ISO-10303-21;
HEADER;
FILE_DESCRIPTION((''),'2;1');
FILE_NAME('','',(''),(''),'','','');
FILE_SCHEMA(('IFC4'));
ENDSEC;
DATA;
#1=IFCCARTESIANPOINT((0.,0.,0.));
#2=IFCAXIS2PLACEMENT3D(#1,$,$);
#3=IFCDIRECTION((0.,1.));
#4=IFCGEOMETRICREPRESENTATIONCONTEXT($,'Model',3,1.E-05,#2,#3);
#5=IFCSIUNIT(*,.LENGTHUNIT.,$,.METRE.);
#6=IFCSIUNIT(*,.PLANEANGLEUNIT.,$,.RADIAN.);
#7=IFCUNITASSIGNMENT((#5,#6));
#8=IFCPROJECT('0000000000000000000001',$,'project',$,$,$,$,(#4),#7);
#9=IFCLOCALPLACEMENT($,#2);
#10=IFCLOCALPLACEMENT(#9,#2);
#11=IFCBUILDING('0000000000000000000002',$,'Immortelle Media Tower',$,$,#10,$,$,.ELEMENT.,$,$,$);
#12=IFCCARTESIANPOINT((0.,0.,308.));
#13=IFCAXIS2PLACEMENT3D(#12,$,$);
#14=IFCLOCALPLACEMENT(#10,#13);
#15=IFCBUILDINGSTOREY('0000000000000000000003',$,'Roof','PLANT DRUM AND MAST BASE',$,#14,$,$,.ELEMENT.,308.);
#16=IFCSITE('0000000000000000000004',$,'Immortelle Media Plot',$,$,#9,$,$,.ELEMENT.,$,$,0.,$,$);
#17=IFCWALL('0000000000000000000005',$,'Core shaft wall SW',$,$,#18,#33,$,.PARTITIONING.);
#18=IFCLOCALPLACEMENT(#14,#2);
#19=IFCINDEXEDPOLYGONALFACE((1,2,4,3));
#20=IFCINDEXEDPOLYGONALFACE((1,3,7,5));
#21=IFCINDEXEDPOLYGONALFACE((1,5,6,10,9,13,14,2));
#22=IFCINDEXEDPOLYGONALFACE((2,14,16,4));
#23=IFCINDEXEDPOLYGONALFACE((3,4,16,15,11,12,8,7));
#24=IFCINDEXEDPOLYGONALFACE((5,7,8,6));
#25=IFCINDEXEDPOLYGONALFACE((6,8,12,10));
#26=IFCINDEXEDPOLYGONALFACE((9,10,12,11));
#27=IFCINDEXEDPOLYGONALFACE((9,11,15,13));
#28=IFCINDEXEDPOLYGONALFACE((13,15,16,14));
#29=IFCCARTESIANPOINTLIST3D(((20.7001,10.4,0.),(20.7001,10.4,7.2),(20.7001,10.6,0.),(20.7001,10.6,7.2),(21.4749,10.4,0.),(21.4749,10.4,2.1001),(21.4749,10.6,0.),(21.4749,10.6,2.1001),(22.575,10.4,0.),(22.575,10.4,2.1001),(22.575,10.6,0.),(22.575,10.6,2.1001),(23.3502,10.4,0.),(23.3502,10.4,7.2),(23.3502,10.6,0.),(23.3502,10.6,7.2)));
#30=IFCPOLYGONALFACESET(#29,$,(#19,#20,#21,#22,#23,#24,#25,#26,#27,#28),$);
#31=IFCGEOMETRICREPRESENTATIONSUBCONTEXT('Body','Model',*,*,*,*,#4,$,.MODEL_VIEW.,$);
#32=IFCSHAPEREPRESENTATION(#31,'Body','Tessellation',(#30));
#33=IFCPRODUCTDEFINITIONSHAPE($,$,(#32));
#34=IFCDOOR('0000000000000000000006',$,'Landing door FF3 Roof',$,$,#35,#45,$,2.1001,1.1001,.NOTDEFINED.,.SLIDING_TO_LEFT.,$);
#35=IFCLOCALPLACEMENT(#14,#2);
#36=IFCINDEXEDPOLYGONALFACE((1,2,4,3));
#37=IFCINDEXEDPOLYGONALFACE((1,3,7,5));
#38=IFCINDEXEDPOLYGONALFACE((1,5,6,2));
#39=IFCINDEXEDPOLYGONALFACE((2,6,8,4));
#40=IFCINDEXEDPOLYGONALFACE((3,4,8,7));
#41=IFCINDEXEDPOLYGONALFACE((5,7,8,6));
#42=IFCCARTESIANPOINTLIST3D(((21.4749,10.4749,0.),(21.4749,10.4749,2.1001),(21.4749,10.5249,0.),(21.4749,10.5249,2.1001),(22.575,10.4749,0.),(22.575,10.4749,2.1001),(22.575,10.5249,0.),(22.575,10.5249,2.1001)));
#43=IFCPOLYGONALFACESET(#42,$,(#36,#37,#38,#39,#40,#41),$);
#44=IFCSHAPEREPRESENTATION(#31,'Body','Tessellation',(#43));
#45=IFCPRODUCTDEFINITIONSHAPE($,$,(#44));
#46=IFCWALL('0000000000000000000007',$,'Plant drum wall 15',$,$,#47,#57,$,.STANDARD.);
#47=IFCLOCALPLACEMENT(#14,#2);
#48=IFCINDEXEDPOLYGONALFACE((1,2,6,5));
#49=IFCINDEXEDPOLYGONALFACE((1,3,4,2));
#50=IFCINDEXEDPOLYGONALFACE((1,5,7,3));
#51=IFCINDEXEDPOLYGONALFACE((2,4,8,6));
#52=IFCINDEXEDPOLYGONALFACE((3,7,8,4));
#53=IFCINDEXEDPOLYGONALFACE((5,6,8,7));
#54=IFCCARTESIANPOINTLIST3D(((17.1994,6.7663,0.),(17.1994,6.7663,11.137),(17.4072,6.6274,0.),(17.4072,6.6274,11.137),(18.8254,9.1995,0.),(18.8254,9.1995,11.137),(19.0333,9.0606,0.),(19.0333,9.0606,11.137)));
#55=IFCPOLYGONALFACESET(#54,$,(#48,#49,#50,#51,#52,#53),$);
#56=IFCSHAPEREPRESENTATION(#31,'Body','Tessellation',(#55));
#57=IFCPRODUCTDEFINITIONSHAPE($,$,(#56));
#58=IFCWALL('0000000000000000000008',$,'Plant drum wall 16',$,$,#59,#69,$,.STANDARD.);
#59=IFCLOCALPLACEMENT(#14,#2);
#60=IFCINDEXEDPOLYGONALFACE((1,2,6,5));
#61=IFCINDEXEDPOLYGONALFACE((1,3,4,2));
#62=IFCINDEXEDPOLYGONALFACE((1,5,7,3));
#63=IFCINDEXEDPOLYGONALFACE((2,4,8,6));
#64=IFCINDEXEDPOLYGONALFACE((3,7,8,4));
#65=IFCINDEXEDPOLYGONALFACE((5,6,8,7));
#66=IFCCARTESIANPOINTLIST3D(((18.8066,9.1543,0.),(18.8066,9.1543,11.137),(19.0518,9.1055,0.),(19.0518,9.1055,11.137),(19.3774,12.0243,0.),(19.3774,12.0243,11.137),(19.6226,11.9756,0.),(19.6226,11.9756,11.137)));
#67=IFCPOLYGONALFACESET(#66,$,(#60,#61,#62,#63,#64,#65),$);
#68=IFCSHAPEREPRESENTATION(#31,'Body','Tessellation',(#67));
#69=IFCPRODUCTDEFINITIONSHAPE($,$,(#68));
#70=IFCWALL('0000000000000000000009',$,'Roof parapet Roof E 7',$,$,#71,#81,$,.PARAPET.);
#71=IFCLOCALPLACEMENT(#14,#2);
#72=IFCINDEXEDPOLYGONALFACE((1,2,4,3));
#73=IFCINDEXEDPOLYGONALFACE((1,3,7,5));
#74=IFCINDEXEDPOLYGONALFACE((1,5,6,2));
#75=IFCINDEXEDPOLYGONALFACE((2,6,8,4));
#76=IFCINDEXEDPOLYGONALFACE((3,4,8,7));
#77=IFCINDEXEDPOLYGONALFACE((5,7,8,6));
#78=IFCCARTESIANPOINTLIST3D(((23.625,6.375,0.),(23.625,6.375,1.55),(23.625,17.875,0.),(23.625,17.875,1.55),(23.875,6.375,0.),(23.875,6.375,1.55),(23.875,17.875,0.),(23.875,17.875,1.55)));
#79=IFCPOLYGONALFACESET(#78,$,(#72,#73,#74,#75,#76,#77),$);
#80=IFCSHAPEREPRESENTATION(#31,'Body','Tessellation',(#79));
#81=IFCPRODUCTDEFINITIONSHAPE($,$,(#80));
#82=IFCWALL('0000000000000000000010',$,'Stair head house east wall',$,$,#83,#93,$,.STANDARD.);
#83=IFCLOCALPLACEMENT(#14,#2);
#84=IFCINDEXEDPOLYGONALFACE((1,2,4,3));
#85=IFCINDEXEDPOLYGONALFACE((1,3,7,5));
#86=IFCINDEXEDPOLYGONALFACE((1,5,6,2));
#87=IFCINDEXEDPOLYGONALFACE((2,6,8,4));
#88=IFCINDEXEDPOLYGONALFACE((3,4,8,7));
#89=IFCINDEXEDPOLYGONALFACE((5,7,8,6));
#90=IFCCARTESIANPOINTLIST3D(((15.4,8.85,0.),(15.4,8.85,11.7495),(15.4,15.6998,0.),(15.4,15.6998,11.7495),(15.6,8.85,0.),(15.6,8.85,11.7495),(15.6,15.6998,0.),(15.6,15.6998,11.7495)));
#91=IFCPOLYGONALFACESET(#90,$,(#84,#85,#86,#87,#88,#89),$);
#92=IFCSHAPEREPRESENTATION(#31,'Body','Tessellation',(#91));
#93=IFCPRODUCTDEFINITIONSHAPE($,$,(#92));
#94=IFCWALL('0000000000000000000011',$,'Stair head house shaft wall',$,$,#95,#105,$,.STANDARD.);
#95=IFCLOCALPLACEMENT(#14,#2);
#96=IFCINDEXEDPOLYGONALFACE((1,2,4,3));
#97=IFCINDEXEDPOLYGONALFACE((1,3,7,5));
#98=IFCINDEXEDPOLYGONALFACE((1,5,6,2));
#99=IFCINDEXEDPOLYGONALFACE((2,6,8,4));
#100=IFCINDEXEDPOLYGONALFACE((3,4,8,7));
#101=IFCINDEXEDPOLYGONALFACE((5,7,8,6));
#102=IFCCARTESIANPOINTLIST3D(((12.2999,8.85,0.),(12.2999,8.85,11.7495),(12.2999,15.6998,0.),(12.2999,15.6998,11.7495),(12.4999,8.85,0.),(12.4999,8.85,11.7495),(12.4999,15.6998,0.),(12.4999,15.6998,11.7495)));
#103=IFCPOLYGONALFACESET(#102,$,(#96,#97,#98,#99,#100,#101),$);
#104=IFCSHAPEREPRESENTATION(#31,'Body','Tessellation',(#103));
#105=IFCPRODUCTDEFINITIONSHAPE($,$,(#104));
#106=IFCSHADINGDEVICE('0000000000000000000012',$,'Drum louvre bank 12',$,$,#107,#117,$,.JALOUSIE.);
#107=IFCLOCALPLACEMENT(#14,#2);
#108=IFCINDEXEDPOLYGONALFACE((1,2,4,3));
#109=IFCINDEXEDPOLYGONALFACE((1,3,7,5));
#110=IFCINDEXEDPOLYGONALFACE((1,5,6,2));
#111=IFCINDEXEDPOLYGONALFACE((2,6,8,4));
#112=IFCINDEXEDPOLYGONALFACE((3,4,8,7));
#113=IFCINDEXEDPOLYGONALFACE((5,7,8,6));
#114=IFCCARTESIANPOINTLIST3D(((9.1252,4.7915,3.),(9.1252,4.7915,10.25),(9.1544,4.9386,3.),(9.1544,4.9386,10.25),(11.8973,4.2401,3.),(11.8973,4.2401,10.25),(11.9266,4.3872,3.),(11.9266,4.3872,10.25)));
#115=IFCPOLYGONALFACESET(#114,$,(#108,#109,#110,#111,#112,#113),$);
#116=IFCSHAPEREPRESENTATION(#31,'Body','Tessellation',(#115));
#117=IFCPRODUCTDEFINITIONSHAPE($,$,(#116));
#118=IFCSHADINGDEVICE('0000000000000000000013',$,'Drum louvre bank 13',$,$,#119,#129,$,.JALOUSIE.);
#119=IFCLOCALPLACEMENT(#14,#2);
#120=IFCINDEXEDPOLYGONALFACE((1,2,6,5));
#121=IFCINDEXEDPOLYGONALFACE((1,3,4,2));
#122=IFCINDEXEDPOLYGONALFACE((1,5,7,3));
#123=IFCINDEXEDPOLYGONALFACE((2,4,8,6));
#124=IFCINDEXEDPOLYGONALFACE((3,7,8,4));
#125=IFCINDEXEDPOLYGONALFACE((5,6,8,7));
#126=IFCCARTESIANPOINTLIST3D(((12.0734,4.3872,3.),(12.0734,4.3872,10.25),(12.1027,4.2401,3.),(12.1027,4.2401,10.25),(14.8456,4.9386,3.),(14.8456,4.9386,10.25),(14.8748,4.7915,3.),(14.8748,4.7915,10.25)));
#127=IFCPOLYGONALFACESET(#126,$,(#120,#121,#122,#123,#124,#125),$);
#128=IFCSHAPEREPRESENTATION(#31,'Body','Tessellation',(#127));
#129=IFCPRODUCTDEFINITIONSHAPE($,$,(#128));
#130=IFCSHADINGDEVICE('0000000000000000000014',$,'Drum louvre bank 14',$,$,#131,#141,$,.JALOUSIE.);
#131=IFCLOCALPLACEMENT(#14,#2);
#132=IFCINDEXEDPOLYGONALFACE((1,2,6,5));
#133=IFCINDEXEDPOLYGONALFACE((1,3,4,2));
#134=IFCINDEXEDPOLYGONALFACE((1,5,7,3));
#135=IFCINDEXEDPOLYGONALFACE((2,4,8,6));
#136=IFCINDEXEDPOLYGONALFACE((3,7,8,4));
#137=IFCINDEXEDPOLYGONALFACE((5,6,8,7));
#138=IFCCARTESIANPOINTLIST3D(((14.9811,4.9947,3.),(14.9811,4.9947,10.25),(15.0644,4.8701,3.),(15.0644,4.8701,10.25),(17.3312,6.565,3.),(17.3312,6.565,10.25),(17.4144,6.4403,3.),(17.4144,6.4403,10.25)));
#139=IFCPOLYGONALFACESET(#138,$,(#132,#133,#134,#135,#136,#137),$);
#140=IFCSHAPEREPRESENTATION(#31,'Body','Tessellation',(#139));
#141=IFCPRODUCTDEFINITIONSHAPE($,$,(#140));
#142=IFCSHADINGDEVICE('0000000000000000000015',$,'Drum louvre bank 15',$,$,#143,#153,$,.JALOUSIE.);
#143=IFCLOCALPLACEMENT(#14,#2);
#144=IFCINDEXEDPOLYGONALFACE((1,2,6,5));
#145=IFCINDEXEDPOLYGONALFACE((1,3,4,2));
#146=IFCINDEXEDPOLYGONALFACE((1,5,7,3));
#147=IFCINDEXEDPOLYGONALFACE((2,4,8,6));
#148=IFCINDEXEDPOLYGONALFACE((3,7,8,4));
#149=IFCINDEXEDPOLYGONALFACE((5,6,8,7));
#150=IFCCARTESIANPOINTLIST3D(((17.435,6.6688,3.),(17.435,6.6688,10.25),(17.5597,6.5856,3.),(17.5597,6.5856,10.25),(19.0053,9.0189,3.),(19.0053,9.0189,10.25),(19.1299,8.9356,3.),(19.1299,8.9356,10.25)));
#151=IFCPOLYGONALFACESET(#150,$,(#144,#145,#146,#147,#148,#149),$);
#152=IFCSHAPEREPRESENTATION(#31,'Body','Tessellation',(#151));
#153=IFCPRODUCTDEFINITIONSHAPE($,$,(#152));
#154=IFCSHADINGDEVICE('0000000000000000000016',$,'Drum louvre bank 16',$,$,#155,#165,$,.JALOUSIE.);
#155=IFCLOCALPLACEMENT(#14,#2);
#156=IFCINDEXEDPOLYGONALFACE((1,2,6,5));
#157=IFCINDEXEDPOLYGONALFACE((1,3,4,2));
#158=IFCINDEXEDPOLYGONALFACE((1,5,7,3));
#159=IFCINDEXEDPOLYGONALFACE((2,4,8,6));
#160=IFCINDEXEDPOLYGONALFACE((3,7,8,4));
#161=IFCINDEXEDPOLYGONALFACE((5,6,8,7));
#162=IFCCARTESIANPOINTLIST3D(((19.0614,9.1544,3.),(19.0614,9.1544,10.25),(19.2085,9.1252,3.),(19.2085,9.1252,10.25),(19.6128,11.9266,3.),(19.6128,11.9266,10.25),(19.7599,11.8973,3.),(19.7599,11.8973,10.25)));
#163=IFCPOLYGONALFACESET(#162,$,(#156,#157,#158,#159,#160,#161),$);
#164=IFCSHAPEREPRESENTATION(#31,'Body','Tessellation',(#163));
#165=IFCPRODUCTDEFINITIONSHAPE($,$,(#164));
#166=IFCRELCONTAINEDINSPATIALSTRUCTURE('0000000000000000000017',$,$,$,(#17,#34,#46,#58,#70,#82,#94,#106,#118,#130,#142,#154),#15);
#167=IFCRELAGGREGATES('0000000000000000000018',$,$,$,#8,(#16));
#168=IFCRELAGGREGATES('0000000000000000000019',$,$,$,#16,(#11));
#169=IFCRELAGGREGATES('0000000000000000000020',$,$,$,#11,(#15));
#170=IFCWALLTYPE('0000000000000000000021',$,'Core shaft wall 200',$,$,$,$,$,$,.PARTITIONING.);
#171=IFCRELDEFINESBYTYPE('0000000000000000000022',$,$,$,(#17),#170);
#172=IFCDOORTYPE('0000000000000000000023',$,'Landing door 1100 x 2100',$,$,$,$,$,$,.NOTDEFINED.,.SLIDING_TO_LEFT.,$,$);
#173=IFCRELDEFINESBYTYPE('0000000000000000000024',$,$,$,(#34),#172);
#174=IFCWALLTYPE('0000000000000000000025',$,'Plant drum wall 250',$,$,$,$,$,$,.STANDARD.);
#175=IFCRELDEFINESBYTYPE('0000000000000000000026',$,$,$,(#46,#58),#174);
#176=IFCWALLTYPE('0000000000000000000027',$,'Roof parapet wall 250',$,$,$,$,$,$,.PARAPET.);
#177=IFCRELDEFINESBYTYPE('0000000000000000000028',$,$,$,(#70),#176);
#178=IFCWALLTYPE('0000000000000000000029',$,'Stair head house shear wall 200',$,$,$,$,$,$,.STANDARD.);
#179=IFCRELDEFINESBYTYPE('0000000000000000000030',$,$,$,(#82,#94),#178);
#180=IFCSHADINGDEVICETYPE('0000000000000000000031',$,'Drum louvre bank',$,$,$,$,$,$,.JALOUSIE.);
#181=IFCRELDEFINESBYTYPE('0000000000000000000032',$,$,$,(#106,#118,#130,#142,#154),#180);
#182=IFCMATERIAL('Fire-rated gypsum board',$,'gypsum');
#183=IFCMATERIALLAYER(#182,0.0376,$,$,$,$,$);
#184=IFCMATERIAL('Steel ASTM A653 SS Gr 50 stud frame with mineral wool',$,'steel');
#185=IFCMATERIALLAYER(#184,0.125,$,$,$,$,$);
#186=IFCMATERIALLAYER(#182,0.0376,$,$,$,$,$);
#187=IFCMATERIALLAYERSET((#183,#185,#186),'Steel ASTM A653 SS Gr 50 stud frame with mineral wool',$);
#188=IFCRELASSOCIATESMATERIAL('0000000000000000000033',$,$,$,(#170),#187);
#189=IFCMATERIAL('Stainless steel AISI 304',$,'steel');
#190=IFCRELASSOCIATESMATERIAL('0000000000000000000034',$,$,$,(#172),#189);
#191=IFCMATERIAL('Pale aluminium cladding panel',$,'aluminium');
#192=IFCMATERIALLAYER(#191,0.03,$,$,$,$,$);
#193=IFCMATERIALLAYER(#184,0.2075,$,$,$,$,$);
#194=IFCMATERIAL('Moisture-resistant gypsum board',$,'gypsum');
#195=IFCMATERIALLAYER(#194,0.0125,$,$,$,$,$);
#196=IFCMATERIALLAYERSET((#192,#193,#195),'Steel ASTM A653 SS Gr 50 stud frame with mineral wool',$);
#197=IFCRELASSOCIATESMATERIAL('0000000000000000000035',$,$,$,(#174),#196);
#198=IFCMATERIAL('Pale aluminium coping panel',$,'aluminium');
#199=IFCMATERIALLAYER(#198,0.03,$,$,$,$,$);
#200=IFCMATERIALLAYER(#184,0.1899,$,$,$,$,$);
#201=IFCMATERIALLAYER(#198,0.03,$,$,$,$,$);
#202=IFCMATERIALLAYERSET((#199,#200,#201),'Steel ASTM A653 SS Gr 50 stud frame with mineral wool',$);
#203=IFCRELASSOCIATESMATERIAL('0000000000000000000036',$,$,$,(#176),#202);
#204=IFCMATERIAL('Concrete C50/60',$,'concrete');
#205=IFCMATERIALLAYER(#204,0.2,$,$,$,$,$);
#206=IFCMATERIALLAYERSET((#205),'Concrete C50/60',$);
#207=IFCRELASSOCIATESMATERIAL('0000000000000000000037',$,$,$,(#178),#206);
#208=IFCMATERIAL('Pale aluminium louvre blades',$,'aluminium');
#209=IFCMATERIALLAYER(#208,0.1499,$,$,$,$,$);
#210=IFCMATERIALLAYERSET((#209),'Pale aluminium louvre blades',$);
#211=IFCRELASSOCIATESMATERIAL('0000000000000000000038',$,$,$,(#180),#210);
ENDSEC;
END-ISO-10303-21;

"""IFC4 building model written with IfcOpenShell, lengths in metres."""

from ifc_helpers import new_model, si_unit, direction, frame, frame_2d, origin, origin_2d, place, context, subcontext, project, spatial, rectangle, extrude, material, layer, layer_set, type_object, element, fill, save


model = new_model("IFC4")

# Units and contexts
model_context = context("Model", 3, precision=1e-05, world=origin(), true_north=direction((0.0, 1.0)))
body_context = subcontext(model_context, "Body", "Model", "MODEL_VIEW")
ifc_project = project(units=[si_unit("LENGTHUNIT", "METRE"), si_unit("PLANEANGLEUNIT", "RADIAN")], contexts=[model_context])

# Site, building, storey
site_placement = place(None, origin())
site = spatial("IfcSite", under=ifc_project, at=site_placement, Name="Immortelle Media Plot", CompositionType="ELEMENT", RefElevation=0.0)
building_placement = place(site_placement, origin())
building = spatial("IfcBuilding", under=site, at=building_placement, Name="Immortelle Media Tower", CompositionType="ELEMENT")
storey_placement = place(building_placement, frame((0.0, 0.0, 308.0)))
storey = spatial("IfcBuildingStorey", under=building, at=storey_placement, Name="Roof", Description="PLANT DRUM AND MAST BASE", CompositionType="ELEMENT", Elevation=308.0)

# Wall, opening, door
ifc_material_1 = material(Name="Fire-rated gypsum board", Category="gypsum")
ifc_layer_1 = layer(ifc_material_1, 0.0376)
ifc_material_2 = material(Name="Steel ASTM A653 SS Gr 50 stud frame with mineral wool", Category="steel")
ifc_layer_2 = layer(ifc_material_2, 0.125)
ifc_layer_3 = layer(ifc_material_1, 0.0376)
ifc_layer_set_1 = layer_set([ifc_layer_1, ifc_layer_2, ifc_layer_3], Name="Steel ASTM A653 SS Gr 50 stud frame with mineral wool")
wall_type_1 = type_object("IfcWallType", Name="Core shaft wall 200", PredefinedType="PARTITIONING", material=ifc_layer_set_1)
wall_1_placement = place(storey_placement, frame((20.7, 10.5, 0.0), z_axis=(0.0, 0.0, 1.0), x_axis=(1.0, 0.0, 0.0)))
wall_1 = element("IfcWall", 1, at=wall_1_placement, inside=storey, type_object=wall_type_1, Name="Core shaft wall SW", PredefinedType="PARTITIONING", context=body_context, shape_type="SweptSolid", body=[
    extrude(rectangle(XDim=2.6501, YDim=0.2, at=frame_2d((1.3252, 0.0))), origin(), (0.0, 0.0, 1.0), 7.2),
])
opening_placement = place(wall_1_placement, frame((0.7749, 0.0, 0.0)))
opening = element("IfcOpeningElement", 2, at=opening_placement, cuts=wall_1, PredefinedType="OPENING", context=body_context, shape_type="SweptSolid", body=[
    extrude(rectangle(XDim=1.1001, YDim=2.1001, at=frame_2d((0.55, 1.05))), frame((0.0, 0.1099, 0.0), z_axis=(0.0, -1.0, 0.0), x_axis=(1.0, 0.0, 0.0)), (0.0, 0.0, 1.0), 0.22),
])
ifc_material_3 = material(Name="Stainless steel AISI 304", Category="steel")
door_type = type_object("IfcDoorType", Name="Landing door 1100 x 2100", OperationType="SLIDING_TO_LEFT", PredefinedType="NOTDEFINED", material=ifc_material_3)
door_placement = place(opening_placement, origin())
door = element("IfcDoor", 3, at=door_placement, inside=storey, type_object=door_type, Name="Landing door FF3 Roof", OperationType="SLIDING_TO_LEFT", OverallHeight=2.1001, OverallWidth=1.1001, PredefinedType="NOTDEFINED", context=body_context, shape_type="SweptSolid", body=[
    extrude(rectangle(XDim=1.1001, YDim=2.1001, at=frame_2d((0.55, 1.05))), frame((0.0, 0.0249, 0.0), z_axis=(0.0, -1.0, 0.0), x_axis=(1.0, 0.0, 0.0)), (0.0, 0.0, 1.0), 0.05),
])
fill(opening, door)

# Walls
ifc_material_4 = material(Name="Pale aluminium cladding panel", Category="aluminium")
ifc_layer_4 = layer(ifc_material_4, 0.03)
ifc_layer_5 = layer(ifc_material_2, 0.2075)
ifc_material_5 = material(Name="Moisture-resistant gypsum board", Category="gypsum")
ifc_layer_6 = layer(ifc_material_5, 0.0125)
ifc_layer_set_2 = layer_set([ifc_layer_4, ifc_layer_5, ifc_layer_6], Name="Steel ASTM A653 SS Gr 50 stud frame with mineral wool")
wall_type_2 = type_object("IfcWallType", Name="Plant drum wall 250", PredefinedType="STANDARD", material=ifc_layer_set_2)
wall_2_placement = place(storey_placement, frame((17.3032, 6.6968, 0.0), z_axis=(0.0, 0.0, 1.0), x_axis=(0.555624, 0.831434, 0.0)))
element("IfcWall", 4, at=wall_2_placement, inside=storey, type_object=wall_type_2, Name="Plant drum wall 15", PredefinedType="STANDARD", context=body_context, shape_type="SweptSolid", body=[
    extrude(rectangle(XDim=2.9265, YDim=0.25, at=frame_2d((1.4634, 0.0))), origin(), (0.0, 0.0, 1.0), 11.137),
])
wall_3_placement = place(storey_placement, frame((18.9292, 9.1299, 0.0), z_axis=(0.0, 0.0, 1.0), x_axis=(0.195057, 0.980792, 0.0)))
element("IfcWall", 5, at=wall_3_placement, inside=storey, type_object=wall_type_2, Name="Plant drum wall 16", PredefinedType="STANDARD", context=body_context, shape_type="SweptSolid", body=[
    extrude(rectangle(XDim=2.9263, YDim=0.25, at=frame_2d((1.4631, 0.0))), origin(), (0.0, 0.0, 1.0), 11.137),
])
ifc_material_6 = material(Name="Pale aluminium coping panel", Category="aluminium")
ifc_layer_7 = layer(ifc_material_6, 0.03)
ifc_layer_8 = layer(ifc_material_2, 0.1899)
ifc_layer_9 = layer(ifc_material_6, 0.03)
ifc_layer_set_3 = layer_set([ifc_layer_7, ifc_layer_8, ifc_layer_9], Name="Steel ASTM A653 SS Gr 50 stud frame with mineral wool")
wall_type_3 = type_object("IfcWallType", Name="Roof parapet wall 250", PredefinedType="PARAPET", material=ifc_layer_set_3)
wall_4_placement = place(storey_placement, frame((23.75, 6.375, 0.0), z_axis=(0.0, 0.0, 1.0), x_axis=(0.0, 1.0, 0.0)))
element("IfcWall", 6, at=wall_4_placement, inside=storey, type_object=wall_type_3, Name="Roof parapet Roof E 7", PredefinedType="PARAPET", context=body_context, shape_type="SweptSolid", body=[
    extrude(rectangle(XDim=11.5, YDim=0.25, at=frame_2d((5.75, 0.0))), origin(), (0.0, 0.0, 1.0), 1.55),
])
ifc_material_7 = material(Name="Concrete C50/60", Category="concrete")
ifc_layer_10 = layer(ifc_material_7, 0.2)
ifc_layer_set_4 = layer_set([ifc_layer_10], Name="Concrete C50/60")
wall_type_4 = type_object("IfcWallType", Name="Stair head house shear wall 200", PredefinedType="STANDARD", material=ifc_layer_set_4)
for number, where, z_axis, x_axis, name in (
    (7, (15.5, 8.8501, 0.0), (0.0, 0.0, 1.0), (0.0, 1.0, 0.0), "Stair head house east wall"),
    (8, (12.3999, 8.8501, 0.0), (0.0, 0.0, 1.0), (0.0, 1.0, 0.0), "Stair head house shaft wall"),
):
    element("IfcWall", number, at=place(storey_placement, frame(where, z_axis=z_axis, x_axis=x_axis)), inside=storey, type_object=wall_type_4, Name=name, PredefinedType="STANDARD", context=body_context, shape_type="SweptSolid", body=[
        extrude(rectangle(XDim=6.8499, YDim=0.2, at=frame_2d((3.4248, 0.0))), origin(), (0.0, 0.0, 1.0), 11.7495),
    ])

# Shading devices
ifc_material_8 = material(Name="Pale aluminium louvre blades", Category="aluminium")
ifc_layer_11 = layer(ifc_material_8, 0.1499)
ifc_layer_set_5 = layer_set([ifc_layer_11], Name="Pale aluminium louvre blades")
shading_device_type = type_object("IfcShadingDeviceType", Name="Drum louvre bank", PredefinedType="JALOUSIE", material=ifc_layer_set_5)
for number, where, z_axis, x_axis, name in (
    (9, (10.5259, 4.5894, 3.0), (0.0, 0.0, 1.0), (0.980785, -0.19509, 0.0), "Drum louvre bank 12"),
    (10, (13.4741, 4.5894, 3.0), (0.0, 0.0, 1.0), (0.980785, 0.19509, 0.0), "Drum louvre bank 13"),
    (11, (16.1978, 5.7175, 3.0), (0.0, 0.0, 1.0), (0.83147, 0.55557, 0.0), "Drum louvre bank 14"),
    (12, (18.2825, 7.8022, 3.0), (0.0, 0.0, 1.0), (0.55557, 0.83147, 0.0), "Drum louvre bank 15"),
    (13, (19.4106, 10.5259, 3.0), (0.0, 0.0, 1.0), (0.19509, 0.980785, 0.0), "Drum louvre bank 16"),
):
    element("IfcShadingDevice", number, at=place(storey_placement, frame(where, z_axis=z_axis, x_axis=x_axis)), inside=storey, type_object=shading_device_type, Name=name, PredefinedType="JALOUSIE", context=body_context, shape_type="SweptSolid", body=[
        extrude(rectangle(XDim=2.8264, YDim=0.1499, at=origin_2d()), origin(), (0.0, 0.0, 1.0), 7.25),
    ])

save(model, "model.ifc")
